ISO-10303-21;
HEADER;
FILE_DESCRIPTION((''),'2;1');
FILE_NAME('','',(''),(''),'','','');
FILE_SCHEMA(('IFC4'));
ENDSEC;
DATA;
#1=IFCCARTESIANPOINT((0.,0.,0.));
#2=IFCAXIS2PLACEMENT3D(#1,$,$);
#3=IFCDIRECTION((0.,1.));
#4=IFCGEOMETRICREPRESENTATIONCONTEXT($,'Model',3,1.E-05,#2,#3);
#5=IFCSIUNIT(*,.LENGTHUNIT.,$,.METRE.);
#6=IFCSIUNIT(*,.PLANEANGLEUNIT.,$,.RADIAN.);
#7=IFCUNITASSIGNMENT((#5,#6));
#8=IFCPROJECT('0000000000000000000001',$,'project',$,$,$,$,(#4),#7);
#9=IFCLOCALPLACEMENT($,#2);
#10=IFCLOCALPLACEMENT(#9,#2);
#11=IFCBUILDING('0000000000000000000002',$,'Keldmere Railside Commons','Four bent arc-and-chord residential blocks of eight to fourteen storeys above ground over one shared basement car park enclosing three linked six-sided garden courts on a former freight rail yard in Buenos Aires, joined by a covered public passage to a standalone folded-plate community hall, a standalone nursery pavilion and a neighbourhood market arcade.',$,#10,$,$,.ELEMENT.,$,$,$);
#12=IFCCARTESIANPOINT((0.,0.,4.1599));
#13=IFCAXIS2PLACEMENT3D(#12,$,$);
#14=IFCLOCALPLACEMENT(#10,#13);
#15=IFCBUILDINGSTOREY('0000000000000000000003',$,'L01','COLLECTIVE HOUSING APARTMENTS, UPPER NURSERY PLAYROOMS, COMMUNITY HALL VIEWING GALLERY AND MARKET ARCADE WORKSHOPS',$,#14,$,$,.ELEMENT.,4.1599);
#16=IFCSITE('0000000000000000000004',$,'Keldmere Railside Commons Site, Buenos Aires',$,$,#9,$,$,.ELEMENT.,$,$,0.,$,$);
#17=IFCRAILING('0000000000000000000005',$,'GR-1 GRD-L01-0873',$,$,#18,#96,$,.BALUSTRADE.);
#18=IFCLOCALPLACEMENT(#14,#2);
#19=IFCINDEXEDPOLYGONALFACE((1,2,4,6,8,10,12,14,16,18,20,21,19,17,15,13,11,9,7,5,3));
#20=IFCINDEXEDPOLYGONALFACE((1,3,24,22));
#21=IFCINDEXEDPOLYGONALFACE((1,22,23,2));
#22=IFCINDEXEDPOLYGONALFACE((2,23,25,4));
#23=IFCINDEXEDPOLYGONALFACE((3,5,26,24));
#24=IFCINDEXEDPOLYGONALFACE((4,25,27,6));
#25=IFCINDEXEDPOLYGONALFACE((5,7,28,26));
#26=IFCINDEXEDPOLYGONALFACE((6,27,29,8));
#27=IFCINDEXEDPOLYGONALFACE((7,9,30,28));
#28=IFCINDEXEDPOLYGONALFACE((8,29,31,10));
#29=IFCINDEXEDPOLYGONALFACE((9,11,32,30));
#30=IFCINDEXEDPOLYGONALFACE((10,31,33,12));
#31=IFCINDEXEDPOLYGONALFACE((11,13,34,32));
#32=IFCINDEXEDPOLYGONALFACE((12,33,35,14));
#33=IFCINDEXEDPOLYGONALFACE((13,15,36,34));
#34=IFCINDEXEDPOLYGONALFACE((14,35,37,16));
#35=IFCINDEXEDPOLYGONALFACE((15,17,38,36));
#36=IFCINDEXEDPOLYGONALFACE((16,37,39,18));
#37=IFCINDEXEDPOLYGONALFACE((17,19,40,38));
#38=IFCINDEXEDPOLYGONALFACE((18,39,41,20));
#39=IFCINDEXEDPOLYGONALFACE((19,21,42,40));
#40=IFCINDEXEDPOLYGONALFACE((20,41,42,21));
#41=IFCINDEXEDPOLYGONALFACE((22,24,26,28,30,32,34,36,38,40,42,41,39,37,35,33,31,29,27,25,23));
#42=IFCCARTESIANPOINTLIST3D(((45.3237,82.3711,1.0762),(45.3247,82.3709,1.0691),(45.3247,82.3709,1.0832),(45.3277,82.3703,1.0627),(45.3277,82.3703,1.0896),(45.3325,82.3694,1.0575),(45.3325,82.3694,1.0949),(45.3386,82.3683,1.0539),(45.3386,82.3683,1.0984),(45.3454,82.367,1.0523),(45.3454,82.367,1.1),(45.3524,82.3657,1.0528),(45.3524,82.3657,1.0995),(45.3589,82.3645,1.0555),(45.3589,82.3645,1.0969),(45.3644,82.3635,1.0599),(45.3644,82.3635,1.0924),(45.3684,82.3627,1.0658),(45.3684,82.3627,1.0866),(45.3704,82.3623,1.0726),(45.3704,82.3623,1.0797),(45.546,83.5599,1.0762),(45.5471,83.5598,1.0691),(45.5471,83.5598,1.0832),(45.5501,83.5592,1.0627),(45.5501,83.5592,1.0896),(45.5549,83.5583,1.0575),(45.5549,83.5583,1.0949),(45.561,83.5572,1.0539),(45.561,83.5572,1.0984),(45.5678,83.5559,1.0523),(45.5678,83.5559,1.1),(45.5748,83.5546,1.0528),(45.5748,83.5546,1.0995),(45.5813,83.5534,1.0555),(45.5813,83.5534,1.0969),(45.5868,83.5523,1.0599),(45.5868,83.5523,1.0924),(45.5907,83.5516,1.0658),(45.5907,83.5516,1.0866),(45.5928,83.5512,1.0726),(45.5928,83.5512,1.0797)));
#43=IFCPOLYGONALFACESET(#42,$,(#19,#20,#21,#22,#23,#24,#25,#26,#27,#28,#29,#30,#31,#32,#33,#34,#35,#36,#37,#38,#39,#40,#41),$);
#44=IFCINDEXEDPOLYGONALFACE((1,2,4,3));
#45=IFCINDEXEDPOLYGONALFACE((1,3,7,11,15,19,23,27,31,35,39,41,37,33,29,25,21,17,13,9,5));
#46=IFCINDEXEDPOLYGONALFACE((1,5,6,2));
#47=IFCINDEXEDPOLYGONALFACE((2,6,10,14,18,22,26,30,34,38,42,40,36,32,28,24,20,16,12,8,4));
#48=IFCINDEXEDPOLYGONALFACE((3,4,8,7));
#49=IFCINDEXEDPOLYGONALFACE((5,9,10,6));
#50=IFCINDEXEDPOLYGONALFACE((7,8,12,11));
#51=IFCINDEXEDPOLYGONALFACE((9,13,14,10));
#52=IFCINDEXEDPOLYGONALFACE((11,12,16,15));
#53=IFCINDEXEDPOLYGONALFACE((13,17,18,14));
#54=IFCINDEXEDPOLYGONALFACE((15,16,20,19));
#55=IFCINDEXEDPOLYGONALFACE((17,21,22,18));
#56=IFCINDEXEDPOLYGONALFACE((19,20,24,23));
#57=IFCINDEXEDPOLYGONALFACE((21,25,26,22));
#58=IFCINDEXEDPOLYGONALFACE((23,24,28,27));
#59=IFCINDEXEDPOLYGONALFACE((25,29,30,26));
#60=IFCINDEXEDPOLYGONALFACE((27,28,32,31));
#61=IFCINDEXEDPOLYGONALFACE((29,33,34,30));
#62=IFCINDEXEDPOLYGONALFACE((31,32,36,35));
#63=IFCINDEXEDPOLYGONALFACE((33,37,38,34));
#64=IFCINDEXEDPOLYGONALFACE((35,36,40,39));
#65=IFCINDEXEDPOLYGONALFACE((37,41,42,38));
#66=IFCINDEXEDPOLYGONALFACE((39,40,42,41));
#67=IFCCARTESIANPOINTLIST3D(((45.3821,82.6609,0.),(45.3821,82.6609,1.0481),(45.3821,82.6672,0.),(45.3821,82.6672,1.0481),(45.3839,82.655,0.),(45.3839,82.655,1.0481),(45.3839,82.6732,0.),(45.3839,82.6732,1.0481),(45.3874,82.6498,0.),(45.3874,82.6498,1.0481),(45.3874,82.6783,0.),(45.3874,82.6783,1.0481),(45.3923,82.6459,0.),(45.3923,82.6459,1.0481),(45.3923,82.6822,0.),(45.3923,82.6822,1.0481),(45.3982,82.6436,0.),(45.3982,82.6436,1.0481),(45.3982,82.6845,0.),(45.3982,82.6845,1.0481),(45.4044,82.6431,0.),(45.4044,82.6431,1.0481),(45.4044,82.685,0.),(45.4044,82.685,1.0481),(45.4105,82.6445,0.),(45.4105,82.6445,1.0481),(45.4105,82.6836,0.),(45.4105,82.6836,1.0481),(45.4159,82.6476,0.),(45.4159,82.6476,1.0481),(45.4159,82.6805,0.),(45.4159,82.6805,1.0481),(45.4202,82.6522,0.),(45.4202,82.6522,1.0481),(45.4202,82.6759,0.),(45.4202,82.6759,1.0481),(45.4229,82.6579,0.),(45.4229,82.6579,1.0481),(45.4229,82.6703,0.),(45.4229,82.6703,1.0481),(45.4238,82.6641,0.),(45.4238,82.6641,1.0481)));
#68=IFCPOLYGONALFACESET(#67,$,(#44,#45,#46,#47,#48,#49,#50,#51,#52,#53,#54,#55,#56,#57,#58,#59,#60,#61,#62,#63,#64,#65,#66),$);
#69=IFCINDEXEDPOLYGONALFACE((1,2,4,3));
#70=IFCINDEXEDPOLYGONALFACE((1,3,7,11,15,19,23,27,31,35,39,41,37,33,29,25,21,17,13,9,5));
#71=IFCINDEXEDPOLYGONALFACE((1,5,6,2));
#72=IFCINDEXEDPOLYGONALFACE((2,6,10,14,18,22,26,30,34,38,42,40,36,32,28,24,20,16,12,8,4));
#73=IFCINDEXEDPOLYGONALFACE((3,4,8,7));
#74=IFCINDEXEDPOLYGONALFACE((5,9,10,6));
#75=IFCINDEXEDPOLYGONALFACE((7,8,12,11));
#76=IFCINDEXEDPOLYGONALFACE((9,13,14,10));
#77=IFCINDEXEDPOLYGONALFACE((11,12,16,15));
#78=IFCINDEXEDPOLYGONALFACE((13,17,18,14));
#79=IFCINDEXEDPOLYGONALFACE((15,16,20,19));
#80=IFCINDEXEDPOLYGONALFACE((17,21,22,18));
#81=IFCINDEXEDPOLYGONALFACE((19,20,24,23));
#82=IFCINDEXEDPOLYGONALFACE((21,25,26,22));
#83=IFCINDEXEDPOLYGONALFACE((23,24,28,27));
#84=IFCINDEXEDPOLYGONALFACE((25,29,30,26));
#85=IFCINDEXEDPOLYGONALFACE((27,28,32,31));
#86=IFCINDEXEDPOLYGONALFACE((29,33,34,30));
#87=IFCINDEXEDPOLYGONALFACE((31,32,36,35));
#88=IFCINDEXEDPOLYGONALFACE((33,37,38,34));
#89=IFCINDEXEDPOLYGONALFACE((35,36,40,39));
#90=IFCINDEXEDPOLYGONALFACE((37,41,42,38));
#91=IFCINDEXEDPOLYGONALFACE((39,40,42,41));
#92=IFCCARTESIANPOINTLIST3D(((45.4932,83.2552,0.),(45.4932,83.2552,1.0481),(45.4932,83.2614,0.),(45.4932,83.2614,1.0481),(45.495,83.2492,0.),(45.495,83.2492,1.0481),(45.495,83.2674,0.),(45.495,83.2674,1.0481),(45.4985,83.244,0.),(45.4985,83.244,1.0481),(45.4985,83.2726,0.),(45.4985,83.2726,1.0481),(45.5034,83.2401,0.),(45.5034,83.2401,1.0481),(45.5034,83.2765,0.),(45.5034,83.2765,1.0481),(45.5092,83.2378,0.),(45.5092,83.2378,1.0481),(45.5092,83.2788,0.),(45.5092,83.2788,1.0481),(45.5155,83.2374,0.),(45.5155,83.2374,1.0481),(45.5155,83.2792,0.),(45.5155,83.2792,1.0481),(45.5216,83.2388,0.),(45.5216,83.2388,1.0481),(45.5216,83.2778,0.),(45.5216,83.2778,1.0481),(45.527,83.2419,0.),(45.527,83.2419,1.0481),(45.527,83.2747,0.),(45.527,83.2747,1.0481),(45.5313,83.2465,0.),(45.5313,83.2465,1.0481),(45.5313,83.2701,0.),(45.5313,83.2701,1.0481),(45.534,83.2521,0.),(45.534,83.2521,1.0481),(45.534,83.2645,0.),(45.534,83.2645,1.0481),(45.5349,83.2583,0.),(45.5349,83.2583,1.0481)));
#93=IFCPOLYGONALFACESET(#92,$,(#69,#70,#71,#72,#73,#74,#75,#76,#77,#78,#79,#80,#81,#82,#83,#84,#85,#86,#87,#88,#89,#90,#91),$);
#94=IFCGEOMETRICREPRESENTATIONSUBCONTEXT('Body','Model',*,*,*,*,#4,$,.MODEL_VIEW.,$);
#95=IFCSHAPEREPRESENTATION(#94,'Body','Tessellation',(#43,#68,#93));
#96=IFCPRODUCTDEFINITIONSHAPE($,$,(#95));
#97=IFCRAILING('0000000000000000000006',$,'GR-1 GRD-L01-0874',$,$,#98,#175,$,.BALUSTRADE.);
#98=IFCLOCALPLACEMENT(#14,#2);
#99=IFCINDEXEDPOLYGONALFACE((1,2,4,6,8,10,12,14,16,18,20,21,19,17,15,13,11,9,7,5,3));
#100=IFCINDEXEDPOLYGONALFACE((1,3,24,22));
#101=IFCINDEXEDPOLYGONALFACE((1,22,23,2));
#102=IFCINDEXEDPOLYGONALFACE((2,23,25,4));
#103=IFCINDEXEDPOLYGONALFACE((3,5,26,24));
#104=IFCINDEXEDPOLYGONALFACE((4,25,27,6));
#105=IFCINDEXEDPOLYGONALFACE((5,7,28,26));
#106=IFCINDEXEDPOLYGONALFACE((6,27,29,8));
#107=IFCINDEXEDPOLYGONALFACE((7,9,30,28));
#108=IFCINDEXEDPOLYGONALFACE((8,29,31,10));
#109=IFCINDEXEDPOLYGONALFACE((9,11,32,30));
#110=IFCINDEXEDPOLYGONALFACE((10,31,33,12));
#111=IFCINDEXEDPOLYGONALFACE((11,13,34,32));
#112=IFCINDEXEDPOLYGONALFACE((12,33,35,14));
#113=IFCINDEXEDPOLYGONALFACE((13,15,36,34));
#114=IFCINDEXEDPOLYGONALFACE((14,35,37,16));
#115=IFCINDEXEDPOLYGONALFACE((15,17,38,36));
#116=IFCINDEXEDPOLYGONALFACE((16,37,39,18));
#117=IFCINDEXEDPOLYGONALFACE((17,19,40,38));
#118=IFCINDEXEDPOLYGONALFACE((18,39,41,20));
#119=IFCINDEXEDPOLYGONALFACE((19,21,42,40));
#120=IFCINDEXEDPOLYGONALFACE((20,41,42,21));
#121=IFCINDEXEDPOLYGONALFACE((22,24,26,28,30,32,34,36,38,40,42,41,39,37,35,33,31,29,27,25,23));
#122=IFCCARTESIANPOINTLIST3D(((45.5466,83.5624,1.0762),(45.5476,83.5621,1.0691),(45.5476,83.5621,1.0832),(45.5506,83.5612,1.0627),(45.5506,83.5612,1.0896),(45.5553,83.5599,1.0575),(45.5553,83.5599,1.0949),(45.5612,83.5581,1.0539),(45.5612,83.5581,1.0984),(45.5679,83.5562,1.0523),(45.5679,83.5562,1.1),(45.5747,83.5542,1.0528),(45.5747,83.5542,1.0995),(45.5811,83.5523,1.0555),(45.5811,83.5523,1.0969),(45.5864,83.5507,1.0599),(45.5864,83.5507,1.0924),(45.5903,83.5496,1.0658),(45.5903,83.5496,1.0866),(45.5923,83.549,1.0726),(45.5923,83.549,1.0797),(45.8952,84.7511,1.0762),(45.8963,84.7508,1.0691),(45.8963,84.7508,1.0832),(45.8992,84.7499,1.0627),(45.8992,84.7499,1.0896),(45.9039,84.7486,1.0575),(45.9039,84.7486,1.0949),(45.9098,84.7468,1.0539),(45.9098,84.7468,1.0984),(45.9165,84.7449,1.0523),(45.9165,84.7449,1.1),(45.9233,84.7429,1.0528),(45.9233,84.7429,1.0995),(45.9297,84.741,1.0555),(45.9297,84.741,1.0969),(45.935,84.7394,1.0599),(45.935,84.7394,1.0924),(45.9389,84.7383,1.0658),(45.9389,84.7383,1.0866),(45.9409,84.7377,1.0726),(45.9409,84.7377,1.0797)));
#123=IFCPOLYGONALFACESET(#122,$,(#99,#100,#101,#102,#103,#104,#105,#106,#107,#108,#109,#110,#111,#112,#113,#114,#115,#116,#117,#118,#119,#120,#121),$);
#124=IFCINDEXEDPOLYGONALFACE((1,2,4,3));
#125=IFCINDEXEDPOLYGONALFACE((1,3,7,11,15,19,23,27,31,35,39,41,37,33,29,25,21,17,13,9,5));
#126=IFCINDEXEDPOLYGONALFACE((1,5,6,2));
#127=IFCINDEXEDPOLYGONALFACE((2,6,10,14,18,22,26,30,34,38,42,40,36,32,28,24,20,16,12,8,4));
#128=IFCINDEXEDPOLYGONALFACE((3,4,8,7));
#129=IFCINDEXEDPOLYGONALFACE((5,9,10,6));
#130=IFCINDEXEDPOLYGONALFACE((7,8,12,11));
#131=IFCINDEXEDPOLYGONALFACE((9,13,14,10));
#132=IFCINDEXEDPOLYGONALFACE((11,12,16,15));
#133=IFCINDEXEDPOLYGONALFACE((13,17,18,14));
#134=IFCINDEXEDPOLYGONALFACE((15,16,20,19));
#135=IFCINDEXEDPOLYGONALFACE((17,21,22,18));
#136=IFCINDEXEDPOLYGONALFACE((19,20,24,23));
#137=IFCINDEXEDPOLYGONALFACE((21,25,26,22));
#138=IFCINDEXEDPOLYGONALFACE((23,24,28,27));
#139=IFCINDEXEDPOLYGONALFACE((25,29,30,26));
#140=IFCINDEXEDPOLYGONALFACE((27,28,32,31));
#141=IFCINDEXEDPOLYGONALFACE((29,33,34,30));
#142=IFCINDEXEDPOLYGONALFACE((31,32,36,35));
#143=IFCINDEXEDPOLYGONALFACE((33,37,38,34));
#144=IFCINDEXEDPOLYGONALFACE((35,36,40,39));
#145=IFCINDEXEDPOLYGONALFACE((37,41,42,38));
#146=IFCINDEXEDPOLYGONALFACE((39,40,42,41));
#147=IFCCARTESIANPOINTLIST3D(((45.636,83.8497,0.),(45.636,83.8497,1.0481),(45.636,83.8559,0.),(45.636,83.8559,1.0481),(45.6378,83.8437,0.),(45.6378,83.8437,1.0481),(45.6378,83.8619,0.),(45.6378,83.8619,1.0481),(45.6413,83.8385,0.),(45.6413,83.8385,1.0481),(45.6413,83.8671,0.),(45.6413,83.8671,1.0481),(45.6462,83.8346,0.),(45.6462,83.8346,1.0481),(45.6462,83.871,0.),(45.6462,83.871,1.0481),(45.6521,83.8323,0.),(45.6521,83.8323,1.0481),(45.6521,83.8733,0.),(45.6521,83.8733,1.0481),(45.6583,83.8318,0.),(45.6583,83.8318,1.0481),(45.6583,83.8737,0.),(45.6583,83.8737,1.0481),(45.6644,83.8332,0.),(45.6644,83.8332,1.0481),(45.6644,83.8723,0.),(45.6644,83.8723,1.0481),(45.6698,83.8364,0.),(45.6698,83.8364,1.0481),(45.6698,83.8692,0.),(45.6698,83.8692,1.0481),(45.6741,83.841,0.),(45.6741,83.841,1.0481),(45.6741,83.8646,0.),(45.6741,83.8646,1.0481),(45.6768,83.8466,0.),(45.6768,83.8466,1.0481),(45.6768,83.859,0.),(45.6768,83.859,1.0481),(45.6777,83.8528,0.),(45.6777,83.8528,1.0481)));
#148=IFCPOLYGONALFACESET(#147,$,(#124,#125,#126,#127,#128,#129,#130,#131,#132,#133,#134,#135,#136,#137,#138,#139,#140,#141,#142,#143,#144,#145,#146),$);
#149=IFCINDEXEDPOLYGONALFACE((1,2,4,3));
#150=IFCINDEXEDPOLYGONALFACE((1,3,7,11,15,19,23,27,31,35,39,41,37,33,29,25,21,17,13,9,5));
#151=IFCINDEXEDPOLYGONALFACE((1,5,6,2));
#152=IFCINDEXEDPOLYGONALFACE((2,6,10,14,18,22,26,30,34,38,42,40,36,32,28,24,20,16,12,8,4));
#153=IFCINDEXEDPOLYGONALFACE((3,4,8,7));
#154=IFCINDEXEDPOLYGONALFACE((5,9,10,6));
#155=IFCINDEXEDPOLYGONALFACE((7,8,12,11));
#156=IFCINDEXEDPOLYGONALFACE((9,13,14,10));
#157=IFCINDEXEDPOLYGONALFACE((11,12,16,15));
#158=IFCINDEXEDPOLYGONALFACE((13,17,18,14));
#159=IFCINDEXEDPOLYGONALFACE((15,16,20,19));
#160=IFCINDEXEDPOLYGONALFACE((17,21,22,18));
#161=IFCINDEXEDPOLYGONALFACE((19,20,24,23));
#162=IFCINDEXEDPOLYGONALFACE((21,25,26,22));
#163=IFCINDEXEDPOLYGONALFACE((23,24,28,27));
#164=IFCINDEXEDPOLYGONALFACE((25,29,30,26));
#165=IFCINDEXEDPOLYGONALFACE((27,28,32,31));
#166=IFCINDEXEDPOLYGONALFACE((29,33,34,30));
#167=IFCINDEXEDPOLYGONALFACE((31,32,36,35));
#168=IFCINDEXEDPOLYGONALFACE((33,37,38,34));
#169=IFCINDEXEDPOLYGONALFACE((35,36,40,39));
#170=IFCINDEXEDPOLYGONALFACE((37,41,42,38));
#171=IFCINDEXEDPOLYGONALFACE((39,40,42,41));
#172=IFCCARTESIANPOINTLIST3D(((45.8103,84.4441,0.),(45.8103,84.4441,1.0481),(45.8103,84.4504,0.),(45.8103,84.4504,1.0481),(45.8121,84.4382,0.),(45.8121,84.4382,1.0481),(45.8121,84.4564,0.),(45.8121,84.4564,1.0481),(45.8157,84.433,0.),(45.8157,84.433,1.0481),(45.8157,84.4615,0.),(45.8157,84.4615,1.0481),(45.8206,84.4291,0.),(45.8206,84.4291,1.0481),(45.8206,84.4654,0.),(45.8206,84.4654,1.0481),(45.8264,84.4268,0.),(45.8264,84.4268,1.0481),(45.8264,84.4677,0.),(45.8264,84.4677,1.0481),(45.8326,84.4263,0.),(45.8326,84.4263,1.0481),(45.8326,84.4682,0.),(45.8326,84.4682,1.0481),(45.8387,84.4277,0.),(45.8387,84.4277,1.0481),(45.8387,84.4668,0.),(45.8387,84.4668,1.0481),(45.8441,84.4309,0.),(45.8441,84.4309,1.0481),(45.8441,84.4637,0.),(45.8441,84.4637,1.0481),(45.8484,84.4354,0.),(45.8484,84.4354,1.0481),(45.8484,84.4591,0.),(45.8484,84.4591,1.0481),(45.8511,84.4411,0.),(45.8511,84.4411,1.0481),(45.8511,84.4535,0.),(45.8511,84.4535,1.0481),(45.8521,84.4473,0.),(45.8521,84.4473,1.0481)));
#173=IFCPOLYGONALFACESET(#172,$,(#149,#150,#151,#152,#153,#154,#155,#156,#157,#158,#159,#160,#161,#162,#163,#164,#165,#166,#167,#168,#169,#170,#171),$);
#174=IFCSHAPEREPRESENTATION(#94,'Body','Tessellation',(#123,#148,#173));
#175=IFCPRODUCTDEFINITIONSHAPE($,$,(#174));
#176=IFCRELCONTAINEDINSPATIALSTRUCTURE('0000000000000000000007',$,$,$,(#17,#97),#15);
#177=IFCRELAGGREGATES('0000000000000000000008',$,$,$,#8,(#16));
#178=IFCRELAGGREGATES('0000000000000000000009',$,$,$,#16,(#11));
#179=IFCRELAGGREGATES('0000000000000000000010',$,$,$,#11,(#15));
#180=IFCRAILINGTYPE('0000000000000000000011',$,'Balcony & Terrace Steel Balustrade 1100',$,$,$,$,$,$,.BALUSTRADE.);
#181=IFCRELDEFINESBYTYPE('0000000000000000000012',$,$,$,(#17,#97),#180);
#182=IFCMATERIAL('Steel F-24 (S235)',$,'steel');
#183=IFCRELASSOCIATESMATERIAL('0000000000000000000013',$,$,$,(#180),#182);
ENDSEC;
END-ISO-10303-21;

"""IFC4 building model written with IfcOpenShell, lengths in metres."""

from ifc_helpers import new_model, si_unit, direction, frame, origin, origin_2d, place, context, subcontext, project, spatial, circle, extrude, material, type_object, element, save


model = new_model("IFC4")

# Units and contexts
model_context = context("Model", 3, precision=1e-05, world=origin(), true_north=direction((0.0, 1.0)))
body_context = subcontext(model_context, "Body", "Model", "MODEL_VIEW")
ifc_project = project(units=[si_unit("LENGTHUNIT", "METRE"), si_unit("PLANEANGLEUNIT", "RADIAN")], contexts=[model_context])

# Site, building, storey
site_placement = place(None, origin())
site = spatial("IfcSite", under=ifc_project, at=site_placement, Name="Keldmere Railside Commons Site, Buenos Aires", CompositionType="ELEMENT", RefElevation=0.0)
building_placement = place(site_placement, origin())
building = spatial("IfcBuilding", under=site, at=building_placement, Name="Keldmere Railside Commons", Description="Four bent arc-and-chord residential blocks of eight to fourteen storeys above ground over one shared basement car park enclosing three linked six-sided garden courts on a former freight rail yard in Buenos Aires, joined by a covered public passage to a standalone folded-plate community hall, a standalone nursery pavilion and a neighbourhood market arcade.", CompositionType="ELEMENT")
storey_placement = place(building_placement, frame((0.0, 0.0, 4.1599)))
storey = spatial("IfcBuildingStorey", under=building, at=storey_placement, Name="L01", Description="COLLECTIVE HOUSING APARTMENTS, UPPER NURSERY PLAYROOMS, COMMUNITY HALL VIEWING GALLERY AND MARKET ARCADE WORKSHOPS", CompositionType="ELEMENT", Elevation=4.1599)

# Shared definitions
ifc_material_1 = material(Name="Steel F-24 (S235)", Category="steel")

# Railings
railing_type = type_object("IfcRailingType", Name="Balcony & Terrace Steel Balustrade 1100", PredefinedType="BALUSTRADE", material=ifc_material_1)
railing_1_placement = place(storey_placement, frame((45.3472, 82.3667, 0.0)))
element("IfcRailing", 1, at=railing_1_placement, inside=storey, type_object=railing_type, Name="GR-1 GRD-L01-0873", PredefinedType="BALUSTRADE", context=body_context, shape_type="SweptSolid", body=[
    extrude(circle(Radius=0.0239, at=origin_2d()), frame((0.0, 0.0, 1.0762), z_axis=(0.183874, 0.98295, 0.0), x_axis=(-0.98295, 0.183874, 0.0)), (0.0, 0.0, 1.0), 1.2095),
    extrude(circle(Radius=0.021, at=origin_2d()), frame((0.0557, 0.2974, 0.0)), (0.0, 0.0, 1.0), 1.0481),
    extrude(circle(Radius=0.021, at=origin_2d()), frame((0.1667, 0.8916, 0.0)), (0.0, 0.0, 1.0), 1.0481),
])
railing_2_placement = place(storey_placement, frame((45.5696, 83.5557, 0.0)))
element("IfcRailing", 2, at=railing_2_placement, inside=storey, type_object=railing_type, Name="GR-1 GRD-L01-0874", PredefinedType="BALUSTRADE", context=body_context, shape_type="SweptSolid", body=[
    extrude(circle(Radius=0.0239, at=origin_2d()), frame((0.0, 0.0, 1.0762), z_axis=(0.28143, 0.959582, 0.0), x_axis=(-0.959582, 0.28143, 0.0)), (0.0, 0.0, 1.0), 1.2388),
    extrude(circle(Radius=0.021, at=origin_2d()), frame((0.0872, 0.2971, 0.0)), (0.0, 0.0, 1.0), 1.0481),
    extrude(circle(Radius=0.021, at=origin_2d()), frame((0.2615, 0.8916, 0.0)), (0.0, 0.0, 1.0), 1.0481),
])

save(model, "model.ifc")
